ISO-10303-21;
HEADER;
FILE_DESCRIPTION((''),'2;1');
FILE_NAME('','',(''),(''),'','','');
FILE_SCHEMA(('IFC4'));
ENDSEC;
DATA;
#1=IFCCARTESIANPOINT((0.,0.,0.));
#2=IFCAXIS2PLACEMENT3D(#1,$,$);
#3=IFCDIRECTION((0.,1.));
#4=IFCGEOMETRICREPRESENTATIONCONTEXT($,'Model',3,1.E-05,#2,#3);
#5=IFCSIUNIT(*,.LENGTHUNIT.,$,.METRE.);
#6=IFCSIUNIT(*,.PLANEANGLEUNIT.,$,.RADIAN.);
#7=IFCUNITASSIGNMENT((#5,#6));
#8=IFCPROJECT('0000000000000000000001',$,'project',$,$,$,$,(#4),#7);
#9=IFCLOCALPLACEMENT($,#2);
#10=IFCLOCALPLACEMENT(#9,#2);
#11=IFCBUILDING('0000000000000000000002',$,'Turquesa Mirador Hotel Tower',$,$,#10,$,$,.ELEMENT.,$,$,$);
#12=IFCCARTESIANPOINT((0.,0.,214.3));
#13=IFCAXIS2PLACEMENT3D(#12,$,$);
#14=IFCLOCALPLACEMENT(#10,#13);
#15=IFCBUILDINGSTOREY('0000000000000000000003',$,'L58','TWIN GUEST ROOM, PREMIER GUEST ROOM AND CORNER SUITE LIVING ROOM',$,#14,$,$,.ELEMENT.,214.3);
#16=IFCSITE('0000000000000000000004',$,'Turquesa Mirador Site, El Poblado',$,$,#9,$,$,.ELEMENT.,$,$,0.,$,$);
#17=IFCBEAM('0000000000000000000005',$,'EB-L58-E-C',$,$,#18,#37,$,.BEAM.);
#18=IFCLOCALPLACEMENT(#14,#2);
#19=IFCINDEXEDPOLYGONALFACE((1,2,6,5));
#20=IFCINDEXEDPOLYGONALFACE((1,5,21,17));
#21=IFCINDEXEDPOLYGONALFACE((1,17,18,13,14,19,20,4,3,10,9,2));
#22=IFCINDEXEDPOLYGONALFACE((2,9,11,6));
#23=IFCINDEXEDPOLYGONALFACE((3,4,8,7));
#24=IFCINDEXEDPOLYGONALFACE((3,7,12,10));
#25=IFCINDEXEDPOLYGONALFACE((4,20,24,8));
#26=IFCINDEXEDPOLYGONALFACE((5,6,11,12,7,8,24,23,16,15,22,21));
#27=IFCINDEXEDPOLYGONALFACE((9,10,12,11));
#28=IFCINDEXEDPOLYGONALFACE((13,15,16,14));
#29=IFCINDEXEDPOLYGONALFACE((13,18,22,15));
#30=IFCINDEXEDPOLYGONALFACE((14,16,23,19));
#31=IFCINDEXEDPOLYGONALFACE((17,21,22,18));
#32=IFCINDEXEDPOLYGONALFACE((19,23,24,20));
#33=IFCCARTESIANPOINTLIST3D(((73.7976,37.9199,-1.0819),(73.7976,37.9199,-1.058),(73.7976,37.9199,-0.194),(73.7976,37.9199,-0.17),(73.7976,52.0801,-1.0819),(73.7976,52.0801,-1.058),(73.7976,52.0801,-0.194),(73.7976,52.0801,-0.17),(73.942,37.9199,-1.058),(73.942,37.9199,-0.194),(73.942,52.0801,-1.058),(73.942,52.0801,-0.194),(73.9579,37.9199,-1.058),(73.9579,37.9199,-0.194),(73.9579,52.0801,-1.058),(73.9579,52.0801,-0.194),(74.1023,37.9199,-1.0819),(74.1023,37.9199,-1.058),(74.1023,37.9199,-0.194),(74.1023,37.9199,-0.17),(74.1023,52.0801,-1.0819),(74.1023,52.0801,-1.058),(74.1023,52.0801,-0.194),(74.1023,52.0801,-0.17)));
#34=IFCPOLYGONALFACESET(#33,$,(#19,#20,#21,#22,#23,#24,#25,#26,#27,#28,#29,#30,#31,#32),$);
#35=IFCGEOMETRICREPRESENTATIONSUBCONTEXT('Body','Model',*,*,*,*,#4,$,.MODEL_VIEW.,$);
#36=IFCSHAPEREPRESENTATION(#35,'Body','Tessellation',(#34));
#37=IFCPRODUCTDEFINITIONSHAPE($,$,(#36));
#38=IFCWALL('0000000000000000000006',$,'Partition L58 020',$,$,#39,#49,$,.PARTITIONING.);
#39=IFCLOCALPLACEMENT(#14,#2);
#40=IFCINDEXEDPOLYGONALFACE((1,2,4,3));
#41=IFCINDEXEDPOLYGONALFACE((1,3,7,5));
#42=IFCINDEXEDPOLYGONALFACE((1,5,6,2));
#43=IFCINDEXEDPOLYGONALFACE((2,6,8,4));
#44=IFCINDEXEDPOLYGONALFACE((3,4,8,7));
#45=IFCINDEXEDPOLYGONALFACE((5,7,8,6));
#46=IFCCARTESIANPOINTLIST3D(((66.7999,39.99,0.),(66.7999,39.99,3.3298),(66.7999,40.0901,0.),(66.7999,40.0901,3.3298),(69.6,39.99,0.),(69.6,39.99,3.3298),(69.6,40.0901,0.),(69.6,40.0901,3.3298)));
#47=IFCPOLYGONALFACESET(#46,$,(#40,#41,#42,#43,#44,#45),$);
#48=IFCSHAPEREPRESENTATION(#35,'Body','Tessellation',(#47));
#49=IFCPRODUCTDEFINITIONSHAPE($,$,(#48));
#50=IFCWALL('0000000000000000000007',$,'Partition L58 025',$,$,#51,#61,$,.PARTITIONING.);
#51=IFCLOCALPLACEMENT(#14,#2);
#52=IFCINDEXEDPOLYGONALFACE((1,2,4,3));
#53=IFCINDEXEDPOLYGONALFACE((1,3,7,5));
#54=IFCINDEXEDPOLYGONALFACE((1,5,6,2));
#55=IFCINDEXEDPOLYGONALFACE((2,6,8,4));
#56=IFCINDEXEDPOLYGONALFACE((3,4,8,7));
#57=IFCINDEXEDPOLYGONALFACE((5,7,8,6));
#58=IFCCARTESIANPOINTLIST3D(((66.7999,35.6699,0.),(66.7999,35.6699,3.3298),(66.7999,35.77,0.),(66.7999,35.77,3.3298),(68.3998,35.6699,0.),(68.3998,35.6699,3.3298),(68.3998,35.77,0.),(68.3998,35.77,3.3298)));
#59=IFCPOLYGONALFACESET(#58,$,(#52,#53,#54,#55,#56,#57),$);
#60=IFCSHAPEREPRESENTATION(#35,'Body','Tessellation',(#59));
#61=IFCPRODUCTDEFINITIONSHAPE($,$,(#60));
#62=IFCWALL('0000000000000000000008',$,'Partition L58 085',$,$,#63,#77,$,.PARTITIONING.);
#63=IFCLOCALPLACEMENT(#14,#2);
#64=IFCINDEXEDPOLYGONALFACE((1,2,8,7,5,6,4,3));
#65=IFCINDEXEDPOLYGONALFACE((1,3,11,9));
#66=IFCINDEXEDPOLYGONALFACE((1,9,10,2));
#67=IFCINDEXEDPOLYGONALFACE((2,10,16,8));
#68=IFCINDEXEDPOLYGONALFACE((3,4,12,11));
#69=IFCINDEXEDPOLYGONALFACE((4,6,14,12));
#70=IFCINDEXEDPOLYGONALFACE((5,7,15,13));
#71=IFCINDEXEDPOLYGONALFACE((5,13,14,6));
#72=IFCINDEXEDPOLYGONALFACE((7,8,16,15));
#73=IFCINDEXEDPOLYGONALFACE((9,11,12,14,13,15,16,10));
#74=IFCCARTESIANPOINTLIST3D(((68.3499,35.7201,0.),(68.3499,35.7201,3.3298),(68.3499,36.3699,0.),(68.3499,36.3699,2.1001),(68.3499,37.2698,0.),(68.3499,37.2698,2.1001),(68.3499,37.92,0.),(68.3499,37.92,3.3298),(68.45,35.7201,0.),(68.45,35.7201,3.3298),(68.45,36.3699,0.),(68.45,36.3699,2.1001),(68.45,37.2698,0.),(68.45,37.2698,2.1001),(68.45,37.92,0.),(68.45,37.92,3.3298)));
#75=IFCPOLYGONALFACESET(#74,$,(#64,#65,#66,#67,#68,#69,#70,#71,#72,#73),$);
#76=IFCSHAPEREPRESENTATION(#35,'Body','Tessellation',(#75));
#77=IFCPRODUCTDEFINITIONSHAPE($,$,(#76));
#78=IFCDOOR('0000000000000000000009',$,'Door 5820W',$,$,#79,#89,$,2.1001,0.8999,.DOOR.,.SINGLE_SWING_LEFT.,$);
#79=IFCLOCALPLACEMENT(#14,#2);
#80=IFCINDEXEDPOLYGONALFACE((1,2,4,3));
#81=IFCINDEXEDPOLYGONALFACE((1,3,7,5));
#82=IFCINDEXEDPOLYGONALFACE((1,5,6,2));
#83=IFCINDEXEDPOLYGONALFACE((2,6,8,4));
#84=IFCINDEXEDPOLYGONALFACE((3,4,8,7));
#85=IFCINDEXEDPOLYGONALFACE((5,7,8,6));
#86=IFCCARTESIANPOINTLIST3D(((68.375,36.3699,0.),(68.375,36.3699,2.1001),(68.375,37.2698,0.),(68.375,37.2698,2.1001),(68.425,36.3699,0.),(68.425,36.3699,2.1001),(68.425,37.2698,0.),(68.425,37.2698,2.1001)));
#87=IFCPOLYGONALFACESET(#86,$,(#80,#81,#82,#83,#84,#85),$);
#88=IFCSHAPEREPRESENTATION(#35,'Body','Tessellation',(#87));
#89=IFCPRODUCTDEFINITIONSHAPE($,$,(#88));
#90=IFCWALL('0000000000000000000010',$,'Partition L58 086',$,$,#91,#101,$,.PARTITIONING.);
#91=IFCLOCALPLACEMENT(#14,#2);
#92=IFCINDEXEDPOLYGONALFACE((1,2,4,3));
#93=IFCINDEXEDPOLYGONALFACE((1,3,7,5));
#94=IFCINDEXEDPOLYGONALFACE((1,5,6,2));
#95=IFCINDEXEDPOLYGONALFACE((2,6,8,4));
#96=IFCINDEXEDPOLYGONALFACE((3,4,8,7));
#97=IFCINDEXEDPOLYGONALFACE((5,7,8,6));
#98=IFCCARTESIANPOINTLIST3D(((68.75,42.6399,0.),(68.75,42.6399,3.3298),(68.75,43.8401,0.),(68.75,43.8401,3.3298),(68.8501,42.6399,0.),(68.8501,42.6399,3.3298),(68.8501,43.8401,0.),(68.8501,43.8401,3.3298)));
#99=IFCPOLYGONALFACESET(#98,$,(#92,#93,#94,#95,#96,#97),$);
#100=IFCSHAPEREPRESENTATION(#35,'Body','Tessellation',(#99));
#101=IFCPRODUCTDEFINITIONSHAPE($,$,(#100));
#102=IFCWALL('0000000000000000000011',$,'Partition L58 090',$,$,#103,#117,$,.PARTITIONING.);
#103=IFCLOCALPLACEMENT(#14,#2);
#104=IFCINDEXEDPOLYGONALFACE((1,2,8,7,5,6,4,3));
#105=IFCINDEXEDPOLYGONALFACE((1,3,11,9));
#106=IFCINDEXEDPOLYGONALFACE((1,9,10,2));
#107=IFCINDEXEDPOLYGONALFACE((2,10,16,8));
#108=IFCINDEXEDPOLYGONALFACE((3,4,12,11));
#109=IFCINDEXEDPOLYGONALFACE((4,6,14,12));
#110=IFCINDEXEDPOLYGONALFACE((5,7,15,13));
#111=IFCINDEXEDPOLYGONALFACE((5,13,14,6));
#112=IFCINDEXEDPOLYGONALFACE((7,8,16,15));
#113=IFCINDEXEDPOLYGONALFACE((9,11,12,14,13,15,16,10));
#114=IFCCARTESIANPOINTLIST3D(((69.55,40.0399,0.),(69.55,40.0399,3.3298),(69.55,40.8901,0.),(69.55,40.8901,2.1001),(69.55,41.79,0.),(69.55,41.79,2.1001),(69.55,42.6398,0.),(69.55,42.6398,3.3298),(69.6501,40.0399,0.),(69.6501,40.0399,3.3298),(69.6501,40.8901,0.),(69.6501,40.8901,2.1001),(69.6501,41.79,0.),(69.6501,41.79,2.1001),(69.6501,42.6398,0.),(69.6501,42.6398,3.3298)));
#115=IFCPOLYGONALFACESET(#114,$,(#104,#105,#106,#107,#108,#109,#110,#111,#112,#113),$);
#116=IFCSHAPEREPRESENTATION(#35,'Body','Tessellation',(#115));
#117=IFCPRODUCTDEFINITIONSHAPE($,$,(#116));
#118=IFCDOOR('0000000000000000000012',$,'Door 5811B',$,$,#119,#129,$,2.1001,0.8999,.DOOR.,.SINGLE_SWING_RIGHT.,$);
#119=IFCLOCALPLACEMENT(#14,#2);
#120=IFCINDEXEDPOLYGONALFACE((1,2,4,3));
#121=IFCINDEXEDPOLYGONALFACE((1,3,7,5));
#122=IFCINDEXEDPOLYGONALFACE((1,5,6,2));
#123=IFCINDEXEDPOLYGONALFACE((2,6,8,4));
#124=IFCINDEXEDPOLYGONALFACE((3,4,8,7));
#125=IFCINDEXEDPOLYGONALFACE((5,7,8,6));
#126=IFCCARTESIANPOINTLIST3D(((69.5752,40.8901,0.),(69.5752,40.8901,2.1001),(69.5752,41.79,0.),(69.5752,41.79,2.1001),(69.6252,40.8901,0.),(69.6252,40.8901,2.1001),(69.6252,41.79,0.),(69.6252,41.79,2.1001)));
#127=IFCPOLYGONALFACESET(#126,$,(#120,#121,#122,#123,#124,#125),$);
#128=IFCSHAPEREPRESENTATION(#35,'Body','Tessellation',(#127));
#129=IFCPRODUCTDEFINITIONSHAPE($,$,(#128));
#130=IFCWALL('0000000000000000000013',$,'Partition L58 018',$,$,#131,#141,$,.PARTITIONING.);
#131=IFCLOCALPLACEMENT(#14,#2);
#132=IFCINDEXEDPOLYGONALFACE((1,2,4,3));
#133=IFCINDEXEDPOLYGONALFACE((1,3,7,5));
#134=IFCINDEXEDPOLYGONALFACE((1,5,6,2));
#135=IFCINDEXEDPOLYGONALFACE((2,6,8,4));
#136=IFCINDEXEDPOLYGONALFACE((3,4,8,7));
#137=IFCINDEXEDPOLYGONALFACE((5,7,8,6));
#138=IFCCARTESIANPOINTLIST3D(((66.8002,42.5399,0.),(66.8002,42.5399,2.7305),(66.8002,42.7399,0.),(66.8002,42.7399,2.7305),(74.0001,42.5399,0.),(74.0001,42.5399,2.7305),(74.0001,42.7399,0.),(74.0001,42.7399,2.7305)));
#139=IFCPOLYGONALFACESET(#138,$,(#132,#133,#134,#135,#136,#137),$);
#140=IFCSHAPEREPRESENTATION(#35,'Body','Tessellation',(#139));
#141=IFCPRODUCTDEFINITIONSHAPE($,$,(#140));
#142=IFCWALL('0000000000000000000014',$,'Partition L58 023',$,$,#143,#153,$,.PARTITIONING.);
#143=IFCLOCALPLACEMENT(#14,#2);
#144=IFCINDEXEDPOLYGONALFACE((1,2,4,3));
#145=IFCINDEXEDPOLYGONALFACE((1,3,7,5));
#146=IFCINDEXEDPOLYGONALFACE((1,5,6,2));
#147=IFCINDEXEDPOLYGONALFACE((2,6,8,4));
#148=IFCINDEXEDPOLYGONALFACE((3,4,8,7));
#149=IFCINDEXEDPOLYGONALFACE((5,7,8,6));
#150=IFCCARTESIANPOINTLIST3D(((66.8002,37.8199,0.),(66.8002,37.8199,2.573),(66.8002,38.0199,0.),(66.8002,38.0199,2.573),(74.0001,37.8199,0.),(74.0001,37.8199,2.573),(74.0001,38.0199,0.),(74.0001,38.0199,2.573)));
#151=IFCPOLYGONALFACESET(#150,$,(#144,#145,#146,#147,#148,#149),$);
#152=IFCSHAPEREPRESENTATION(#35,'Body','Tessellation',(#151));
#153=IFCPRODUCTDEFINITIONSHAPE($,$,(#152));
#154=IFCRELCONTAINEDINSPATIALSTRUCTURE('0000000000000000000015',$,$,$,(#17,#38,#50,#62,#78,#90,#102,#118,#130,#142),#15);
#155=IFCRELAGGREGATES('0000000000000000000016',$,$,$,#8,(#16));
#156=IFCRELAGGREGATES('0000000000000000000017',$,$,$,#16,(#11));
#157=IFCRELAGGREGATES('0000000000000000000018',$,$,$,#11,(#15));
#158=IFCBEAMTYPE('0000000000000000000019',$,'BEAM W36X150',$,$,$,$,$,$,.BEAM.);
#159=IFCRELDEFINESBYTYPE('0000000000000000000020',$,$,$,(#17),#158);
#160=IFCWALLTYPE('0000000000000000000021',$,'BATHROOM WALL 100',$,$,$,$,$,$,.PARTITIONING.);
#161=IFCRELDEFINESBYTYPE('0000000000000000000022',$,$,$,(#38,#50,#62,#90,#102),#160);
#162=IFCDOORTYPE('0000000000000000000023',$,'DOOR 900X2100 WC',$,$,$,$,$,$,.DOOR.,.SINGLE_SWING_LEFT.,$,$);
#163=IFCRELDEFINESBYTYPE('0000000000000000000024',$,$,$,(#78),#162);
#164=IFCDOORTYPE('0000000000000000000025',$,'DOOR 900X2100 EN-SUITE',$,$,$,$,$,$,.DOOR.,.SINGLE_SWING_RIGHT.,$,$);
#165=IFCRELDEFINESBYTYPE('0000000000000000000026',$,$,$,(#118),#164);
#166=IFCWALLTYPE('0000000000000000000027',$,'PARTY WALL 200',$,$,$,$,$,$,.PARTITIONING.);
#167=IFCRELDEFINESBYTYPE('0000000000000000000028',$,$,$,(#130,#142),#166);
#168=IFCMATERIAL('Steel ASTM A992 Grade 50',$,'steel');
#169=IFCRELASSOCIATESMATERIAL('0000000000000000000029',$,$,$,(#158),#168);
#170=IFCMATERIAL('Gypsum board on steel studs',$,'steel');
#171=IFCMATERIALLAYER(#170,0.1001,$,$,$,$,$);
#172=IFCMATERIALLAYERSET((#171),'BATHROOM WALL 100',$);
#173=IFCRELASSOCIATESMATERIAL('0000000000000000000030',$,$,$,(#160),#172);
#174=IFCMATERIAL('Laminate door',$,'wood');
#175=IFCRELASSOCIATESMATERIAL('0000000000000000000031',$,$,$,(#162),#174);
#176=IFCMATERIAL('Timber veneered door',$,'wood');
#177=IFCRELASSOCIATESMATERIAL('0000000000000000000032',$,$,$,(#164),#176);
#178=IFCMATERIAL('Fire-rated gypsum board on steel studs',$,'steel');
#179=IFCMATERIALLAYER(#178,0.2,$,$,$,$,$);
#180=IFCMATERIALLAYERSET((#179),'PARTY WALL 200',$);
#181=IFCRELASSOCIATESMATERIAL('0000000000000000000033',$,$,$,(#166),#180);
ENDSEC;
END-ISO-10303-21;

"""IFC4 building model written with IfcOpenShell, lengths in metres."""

from ifc_helpers import new_model, si_unit, direction, frame, frame_2d, origin, origin_2d, place, context, subcontext, project, spatial, rectangle, i_section, extrude, material, layer, layer_set, material_profile, profile_set, type_object, element, fill, save


model = new_model("IFC4")

# Units and contexts
model_context = context("Model", 3, precision=1e-05, world=origin(), true_north=direction((0.0, 1.0)))
body_context = subcontext(model_context, "Body", "Model", "MODEL_VIEW")
ifc_project = project(units=[si_unit("LENGTHUNIT", "METRE"), si_unit("PLANEANGLEUNIT", "RADIAN")], contexts=[model_context])

# Site, building, storey
site_placement = place(None, origin())
site = spatial("IfcSite", under=ifc_project, at=site_placement, Name="Turquesa Mirador Site, El Poblado", CompositionType="ELEMENT", RefElevation=0.0)
building_placement = place(site_placement, origin())
building = spatial("IfcBuilding", under=site, at=building_placement, Name="Turquesa Mirador Hotel Tower", CompositionType="ELEMENT")
storey_placement = place(building_placement, frame((0.0, 0.0, 214.3)))
storey = spatial("IfcBuildingStorey", under=building, at=storey_placement, Name="L58", Description="TWIN GUEST ROOM, PREMIER GUEST ROOM AND CORNER SUITE LIVING ROOM", CompositionType="ELEMENT", Elevation=214.3)

# Beam
ifc_material_1 = material(Name="Steel ASTM A992 Grade 50", Category="steel")
ifc_material_profile_1 = material_profile(ifc_material_1, i_section(OverallWidth=0.3047, OverallDepth=0.9119, WebThickness=0.0159, FlangeThickness=0.0239, at=origin_2d()), Name="W36X150")
ifc_profile_set_1 = profile_set([ifc_material_profile_1], Name="Steel ASTM A992 Grade 50")
beam_type_1 = type_object("IfcBeamType", Name="BEAM W36X150", PredefinedType="BEAM", material=ifc_profile_set_1)
beam_1_placement = place(storey_placement, frame((73.95, 37.9199, -0.626), z_axis=(0.0, 1.0, 0.0), x_axis=(-1.0, 0.0, 0.0)))
element("IfcBeam", 1, at=beam_1_placement, inside=storey, type_object=beam_type_1, Name="EB-L58-E-C", PredefinedType="BEAM", context=body_context, shape_type="SweptSolid", body=[
    extrude(i_section(OverallWidth=0.3047, OverallDepth=0.9119, WebThickness=0.0159, FlangeThickness=0.0239, at=origin_2d()), origin(), (0.0, 0.0, 1.0), 14.1602),
])

# Walls
ifc_material_2 = material(Name="Gypsum board on steel studs", Category="steel")
ifc_layer_1 = layer(ifc_material_2, 0.1001)
ifc_layer_set_1 = layer_set([ifc_layer_1], Name="BATHROOM WALL 100")
wall_type_1 = type_object("IfcWallType", Name="BATHROOM WALL 100", PredefinedType="PARTITIONING", material=ifc_layer_set_1)
wall_1_placement = place(storey_placement, frame((66.8, 40.04, 0.0), z_axis=(0.0, 0.0, 1.0), x_axis=(1.0, 0.0, 0.0)))
element("IfcWall", 2, at=wall_1_placement, inside=storey, type_object=wall_type_1, Name="Partition L58 020", PredefinedType="PARTITIONING", context=body_context, shape_type="SweptSolid", body=[
    extrude(rectangle(XDim=2.8, YDim=0.1001, at=frame_2d((1.3999, 0.0))), origin(), (0.0, 0.0, 1.0), 3.3298),
])
wall_2_placement = place(storey_placement, frame((66.8, 35.72, 0.0), z_axis=(0.0, 0.0, 1.0), x_axis=(1.0, 0.0, 0.0)))
element("IfcWall", 3, at=wall_2_placement, inside=storey, type_object=wall_type_1, Name="Partition L58 025", PredefinedType="PARTITIONING", context=body_context, shape_type="SweptSolid", body=[
    extrude(rectangle(XDim=1.5999, YDim=0.1001, at=frame_2d((0.7998, 0.0))), origin(), (0.0, 0.0, 1.0), 3.3298),
])

# Wall, opening, door
wall_3_placement = place(storey_placement, frame((68.3999, 35.72, 0.0), z_axis=(0.0, 0.0, 1.0), x_axis=(0.0, 1.0, 0.0)))
wall_3 = element("IfcWall", 4, at=wall_3_placement, inside=storey, type_object=wall_type_1, Name="Partition L58 085", PredefinedType="PARTITIONING", context=body_context, shape_type="SweptSolid", body=[
    extrude(rectangle(XDim=2.2, YDim=0.1001, at=frame_2d((1.1001, 0.0))), origin(), (0.0, 0.0, 1.0), 3.3298),
])
opening_1_placement = place(wall_3_placement, frame((0.6499, 0.0, 0.0)))
opening_1 = element("IfcOpeningElement", 5, at=opening_1_placement, cuts=wall_3, PredefinedType="OPENING", context=body_context, shape_type="SweptSolid", body=[
    extrude(rectangle(XDim=0.8999, YDim=2.1001, at=frame_2d((0.45, 1.05))), frame((0.0, 0.0601, 0.0), z_axis=(0.0, -1.0, 0.0), x_axis=(1.0, 0.0, 0.0)), (0.0, 0.0, 1.0), 0.1201),
])
ifc_material_3 = material(Name="Laminate door", Category="wood")
door_type_1 = type_object("IfcDoorType", Name="DOOR 900X2100 WC", OperationType="SINGLE_SWING_LEFT", PredefinedType="DOOR", material=ifc_material_3)
door_1_placement = place(opening_1_placement, origin())
door_1 = element("IfcDoor", 6, at=door_1_placement, inside=storey, type_object=door_type_1, Name="Door 5820W", OperationType="SINGLE_SWING_LEFT", OverallHeight=2.1001, OverallWidth=0.8999, PredefinedType="DOOR", context=body_context, shape_type="SweptSolid", body=[
    extrude(rectangle(XDim=0.8999, YDim=2.1001, at=frame_2d((0.45, 1.05))), frame((0.0, 0.0249, 0.0), z_axis=(0.0, -1.0, 0.0), x_axis=(1.0, 0.0, 0.0)), (0.0, 0.0, 1.0), 0.05),
])
fill(opening_1, door_1)

# Wall
wall_4_placement = place(storey_placement, frame((68.8, 42.6399, 0.0), z_axis=(0.0, 0.0, 1.0), x_axis=(0.0, 1.0, 0.0)))
element("IfcWall", 7, at=wall_4_placement, inside=storey, type_object=wall_type_1, Name="Partition L58 086", PredefinedType="PARTITIONING", context=body_context, shape_type="SweptSolid", body=[
    extrude(rectangle(XDim=1.2002, YDim=0.1001, at=frame_2d((0.6001, 0.0))), origin(), (0.0, 0.0, 1.0), 3.3298),
])

# Wall, opening, door
wall_5_placement = place(storey_placement, frame((69.6001, 40.04, 0.0), z_axis=(0.0, 0.0, 1.0), x_axis=(0.0, 1.0, 0.0)))
wall_5 = element("IfcWall", 8, at=wall_5_placement, inside=storey, type_object=wall_type_1, Name="Partition L58 090", PredefinedType="PARTITIONING", context=body_context, shape_type="SweptSolid", body=[
    extrude(rectangle(XDim=2.5999, YDim=0.1001, at=frame_2d((1.2998, 0.0))), origin(), (0.0, 0.0, 1.0), 3.3298),
])
opening_2_placement = place(wall_5_placement, frame((0.8501, 0.0, 0.0)))
opening_2 = element("IfcOpeningElement", 9, at=opening_2_placement, cuts=wall_5, PredefinedType="OPENING", context=body_context, shape_type="SweptSolid", body=[
    extrude(rectangle(XDim=0.8999, YDim=2.1001, at=frame_2d((0.45, 1.05))), frame((0.0, 0.0601, 0.0), z_axis=(0.0, -1.0, 0.0), x_axis=(1.0, 0.0, 0.0)), (0.0, 0.0, 1.0), 0.1201),
])
ifc_material_4 = material(Name="Timber veneered door", Category="wood")
door_type_2 = type_object("IfcDoorType", Name="DOOR 900X2100 EN-SUITE", OperationType="SINGLE_SWING_RIGHT", PredefinedType="DOOR", material=ifc_material_4)
door_2_placement = place(opening_2_placement, origin())
door_2 = element("IfcDoor", 10, at=door_2_placement, inside=storey, type_object=door_type_2, Name="Door 5811B", OperationType="SINGLE_SWING_RIGHT", OverallHeight=2.1001, OverallWidth=0.8999, PredefinedType="DOOR", context=body_context, shape_type="SweptSolid", body=[
    extrude(rectangle(XDim=0.8999, YDim=2.1001, at=frame_2d((0.45, 1.05))), frame((0.0, 0.0249, 0.0), z_axis=(0.0, -1.0, 0.0), x_axis=(1.0, 0.0, 0.0)), (0.0, 0.0, 1.0), 0.05),
])
fill(opening_2, door_2)

# Walls
ifc_material_5 = material(Name="Fire-rated gypsum board on steel studs", Category="steel")
ifc_layer_2 = layer(ifc_material_5, 0.2)
ifc_layer_set_2 = layer_set([ifc_layer_2], Name="PARTY WALL 200")
wall_type_2 = type_object("IfcWallType", Name="PARTY WALL 200", PredefinedType="PARTITIONING", material=ifc_layer_set_2)
wall_6_placement = place(storey_placement, frame((66.8, 42.6399, 0.0), z_axis=(0.0, 0.0, 1.0), x_axis=(1.0, 0.0, 0.0)))
element("IfcWall", 11, at=wall_6_placement, inside=storey, type_object=wall_type_2, Name="Partition L58 018", PredefinedType="PARTITIONING", context=body_context, shape_type="SweptSolid", body=[
    extrude(rectangle(XDim=7.2, YDim=0.2, at=frame_2d((3.6001, 0.0))), origin(), (0.0, 0.0, 1.0), 2.7305),
])
wall_7_placement = place(storey_placement, frame((66.8, 37.9199, 0.0), z_axis=(0.0, 0.0, 1.0), x_axis=(1.0, 0.0, 0.0)))
element("IfcWall", 12, at=wall_7_placement, inside=storey, type_object=wall_type_2, Name="Partition L58 023", PredefinedType="PARTITIONING", context=body_context, shape_type="SweptSolid", body=[
    extrude(rectangle(XDim=7.2, YDim=0.2, at=frame_2d((3.6001, 0.0))), origin(), (0.0, 0.0, 1.0), 2.573),
])

save(model, "model.ifc")
